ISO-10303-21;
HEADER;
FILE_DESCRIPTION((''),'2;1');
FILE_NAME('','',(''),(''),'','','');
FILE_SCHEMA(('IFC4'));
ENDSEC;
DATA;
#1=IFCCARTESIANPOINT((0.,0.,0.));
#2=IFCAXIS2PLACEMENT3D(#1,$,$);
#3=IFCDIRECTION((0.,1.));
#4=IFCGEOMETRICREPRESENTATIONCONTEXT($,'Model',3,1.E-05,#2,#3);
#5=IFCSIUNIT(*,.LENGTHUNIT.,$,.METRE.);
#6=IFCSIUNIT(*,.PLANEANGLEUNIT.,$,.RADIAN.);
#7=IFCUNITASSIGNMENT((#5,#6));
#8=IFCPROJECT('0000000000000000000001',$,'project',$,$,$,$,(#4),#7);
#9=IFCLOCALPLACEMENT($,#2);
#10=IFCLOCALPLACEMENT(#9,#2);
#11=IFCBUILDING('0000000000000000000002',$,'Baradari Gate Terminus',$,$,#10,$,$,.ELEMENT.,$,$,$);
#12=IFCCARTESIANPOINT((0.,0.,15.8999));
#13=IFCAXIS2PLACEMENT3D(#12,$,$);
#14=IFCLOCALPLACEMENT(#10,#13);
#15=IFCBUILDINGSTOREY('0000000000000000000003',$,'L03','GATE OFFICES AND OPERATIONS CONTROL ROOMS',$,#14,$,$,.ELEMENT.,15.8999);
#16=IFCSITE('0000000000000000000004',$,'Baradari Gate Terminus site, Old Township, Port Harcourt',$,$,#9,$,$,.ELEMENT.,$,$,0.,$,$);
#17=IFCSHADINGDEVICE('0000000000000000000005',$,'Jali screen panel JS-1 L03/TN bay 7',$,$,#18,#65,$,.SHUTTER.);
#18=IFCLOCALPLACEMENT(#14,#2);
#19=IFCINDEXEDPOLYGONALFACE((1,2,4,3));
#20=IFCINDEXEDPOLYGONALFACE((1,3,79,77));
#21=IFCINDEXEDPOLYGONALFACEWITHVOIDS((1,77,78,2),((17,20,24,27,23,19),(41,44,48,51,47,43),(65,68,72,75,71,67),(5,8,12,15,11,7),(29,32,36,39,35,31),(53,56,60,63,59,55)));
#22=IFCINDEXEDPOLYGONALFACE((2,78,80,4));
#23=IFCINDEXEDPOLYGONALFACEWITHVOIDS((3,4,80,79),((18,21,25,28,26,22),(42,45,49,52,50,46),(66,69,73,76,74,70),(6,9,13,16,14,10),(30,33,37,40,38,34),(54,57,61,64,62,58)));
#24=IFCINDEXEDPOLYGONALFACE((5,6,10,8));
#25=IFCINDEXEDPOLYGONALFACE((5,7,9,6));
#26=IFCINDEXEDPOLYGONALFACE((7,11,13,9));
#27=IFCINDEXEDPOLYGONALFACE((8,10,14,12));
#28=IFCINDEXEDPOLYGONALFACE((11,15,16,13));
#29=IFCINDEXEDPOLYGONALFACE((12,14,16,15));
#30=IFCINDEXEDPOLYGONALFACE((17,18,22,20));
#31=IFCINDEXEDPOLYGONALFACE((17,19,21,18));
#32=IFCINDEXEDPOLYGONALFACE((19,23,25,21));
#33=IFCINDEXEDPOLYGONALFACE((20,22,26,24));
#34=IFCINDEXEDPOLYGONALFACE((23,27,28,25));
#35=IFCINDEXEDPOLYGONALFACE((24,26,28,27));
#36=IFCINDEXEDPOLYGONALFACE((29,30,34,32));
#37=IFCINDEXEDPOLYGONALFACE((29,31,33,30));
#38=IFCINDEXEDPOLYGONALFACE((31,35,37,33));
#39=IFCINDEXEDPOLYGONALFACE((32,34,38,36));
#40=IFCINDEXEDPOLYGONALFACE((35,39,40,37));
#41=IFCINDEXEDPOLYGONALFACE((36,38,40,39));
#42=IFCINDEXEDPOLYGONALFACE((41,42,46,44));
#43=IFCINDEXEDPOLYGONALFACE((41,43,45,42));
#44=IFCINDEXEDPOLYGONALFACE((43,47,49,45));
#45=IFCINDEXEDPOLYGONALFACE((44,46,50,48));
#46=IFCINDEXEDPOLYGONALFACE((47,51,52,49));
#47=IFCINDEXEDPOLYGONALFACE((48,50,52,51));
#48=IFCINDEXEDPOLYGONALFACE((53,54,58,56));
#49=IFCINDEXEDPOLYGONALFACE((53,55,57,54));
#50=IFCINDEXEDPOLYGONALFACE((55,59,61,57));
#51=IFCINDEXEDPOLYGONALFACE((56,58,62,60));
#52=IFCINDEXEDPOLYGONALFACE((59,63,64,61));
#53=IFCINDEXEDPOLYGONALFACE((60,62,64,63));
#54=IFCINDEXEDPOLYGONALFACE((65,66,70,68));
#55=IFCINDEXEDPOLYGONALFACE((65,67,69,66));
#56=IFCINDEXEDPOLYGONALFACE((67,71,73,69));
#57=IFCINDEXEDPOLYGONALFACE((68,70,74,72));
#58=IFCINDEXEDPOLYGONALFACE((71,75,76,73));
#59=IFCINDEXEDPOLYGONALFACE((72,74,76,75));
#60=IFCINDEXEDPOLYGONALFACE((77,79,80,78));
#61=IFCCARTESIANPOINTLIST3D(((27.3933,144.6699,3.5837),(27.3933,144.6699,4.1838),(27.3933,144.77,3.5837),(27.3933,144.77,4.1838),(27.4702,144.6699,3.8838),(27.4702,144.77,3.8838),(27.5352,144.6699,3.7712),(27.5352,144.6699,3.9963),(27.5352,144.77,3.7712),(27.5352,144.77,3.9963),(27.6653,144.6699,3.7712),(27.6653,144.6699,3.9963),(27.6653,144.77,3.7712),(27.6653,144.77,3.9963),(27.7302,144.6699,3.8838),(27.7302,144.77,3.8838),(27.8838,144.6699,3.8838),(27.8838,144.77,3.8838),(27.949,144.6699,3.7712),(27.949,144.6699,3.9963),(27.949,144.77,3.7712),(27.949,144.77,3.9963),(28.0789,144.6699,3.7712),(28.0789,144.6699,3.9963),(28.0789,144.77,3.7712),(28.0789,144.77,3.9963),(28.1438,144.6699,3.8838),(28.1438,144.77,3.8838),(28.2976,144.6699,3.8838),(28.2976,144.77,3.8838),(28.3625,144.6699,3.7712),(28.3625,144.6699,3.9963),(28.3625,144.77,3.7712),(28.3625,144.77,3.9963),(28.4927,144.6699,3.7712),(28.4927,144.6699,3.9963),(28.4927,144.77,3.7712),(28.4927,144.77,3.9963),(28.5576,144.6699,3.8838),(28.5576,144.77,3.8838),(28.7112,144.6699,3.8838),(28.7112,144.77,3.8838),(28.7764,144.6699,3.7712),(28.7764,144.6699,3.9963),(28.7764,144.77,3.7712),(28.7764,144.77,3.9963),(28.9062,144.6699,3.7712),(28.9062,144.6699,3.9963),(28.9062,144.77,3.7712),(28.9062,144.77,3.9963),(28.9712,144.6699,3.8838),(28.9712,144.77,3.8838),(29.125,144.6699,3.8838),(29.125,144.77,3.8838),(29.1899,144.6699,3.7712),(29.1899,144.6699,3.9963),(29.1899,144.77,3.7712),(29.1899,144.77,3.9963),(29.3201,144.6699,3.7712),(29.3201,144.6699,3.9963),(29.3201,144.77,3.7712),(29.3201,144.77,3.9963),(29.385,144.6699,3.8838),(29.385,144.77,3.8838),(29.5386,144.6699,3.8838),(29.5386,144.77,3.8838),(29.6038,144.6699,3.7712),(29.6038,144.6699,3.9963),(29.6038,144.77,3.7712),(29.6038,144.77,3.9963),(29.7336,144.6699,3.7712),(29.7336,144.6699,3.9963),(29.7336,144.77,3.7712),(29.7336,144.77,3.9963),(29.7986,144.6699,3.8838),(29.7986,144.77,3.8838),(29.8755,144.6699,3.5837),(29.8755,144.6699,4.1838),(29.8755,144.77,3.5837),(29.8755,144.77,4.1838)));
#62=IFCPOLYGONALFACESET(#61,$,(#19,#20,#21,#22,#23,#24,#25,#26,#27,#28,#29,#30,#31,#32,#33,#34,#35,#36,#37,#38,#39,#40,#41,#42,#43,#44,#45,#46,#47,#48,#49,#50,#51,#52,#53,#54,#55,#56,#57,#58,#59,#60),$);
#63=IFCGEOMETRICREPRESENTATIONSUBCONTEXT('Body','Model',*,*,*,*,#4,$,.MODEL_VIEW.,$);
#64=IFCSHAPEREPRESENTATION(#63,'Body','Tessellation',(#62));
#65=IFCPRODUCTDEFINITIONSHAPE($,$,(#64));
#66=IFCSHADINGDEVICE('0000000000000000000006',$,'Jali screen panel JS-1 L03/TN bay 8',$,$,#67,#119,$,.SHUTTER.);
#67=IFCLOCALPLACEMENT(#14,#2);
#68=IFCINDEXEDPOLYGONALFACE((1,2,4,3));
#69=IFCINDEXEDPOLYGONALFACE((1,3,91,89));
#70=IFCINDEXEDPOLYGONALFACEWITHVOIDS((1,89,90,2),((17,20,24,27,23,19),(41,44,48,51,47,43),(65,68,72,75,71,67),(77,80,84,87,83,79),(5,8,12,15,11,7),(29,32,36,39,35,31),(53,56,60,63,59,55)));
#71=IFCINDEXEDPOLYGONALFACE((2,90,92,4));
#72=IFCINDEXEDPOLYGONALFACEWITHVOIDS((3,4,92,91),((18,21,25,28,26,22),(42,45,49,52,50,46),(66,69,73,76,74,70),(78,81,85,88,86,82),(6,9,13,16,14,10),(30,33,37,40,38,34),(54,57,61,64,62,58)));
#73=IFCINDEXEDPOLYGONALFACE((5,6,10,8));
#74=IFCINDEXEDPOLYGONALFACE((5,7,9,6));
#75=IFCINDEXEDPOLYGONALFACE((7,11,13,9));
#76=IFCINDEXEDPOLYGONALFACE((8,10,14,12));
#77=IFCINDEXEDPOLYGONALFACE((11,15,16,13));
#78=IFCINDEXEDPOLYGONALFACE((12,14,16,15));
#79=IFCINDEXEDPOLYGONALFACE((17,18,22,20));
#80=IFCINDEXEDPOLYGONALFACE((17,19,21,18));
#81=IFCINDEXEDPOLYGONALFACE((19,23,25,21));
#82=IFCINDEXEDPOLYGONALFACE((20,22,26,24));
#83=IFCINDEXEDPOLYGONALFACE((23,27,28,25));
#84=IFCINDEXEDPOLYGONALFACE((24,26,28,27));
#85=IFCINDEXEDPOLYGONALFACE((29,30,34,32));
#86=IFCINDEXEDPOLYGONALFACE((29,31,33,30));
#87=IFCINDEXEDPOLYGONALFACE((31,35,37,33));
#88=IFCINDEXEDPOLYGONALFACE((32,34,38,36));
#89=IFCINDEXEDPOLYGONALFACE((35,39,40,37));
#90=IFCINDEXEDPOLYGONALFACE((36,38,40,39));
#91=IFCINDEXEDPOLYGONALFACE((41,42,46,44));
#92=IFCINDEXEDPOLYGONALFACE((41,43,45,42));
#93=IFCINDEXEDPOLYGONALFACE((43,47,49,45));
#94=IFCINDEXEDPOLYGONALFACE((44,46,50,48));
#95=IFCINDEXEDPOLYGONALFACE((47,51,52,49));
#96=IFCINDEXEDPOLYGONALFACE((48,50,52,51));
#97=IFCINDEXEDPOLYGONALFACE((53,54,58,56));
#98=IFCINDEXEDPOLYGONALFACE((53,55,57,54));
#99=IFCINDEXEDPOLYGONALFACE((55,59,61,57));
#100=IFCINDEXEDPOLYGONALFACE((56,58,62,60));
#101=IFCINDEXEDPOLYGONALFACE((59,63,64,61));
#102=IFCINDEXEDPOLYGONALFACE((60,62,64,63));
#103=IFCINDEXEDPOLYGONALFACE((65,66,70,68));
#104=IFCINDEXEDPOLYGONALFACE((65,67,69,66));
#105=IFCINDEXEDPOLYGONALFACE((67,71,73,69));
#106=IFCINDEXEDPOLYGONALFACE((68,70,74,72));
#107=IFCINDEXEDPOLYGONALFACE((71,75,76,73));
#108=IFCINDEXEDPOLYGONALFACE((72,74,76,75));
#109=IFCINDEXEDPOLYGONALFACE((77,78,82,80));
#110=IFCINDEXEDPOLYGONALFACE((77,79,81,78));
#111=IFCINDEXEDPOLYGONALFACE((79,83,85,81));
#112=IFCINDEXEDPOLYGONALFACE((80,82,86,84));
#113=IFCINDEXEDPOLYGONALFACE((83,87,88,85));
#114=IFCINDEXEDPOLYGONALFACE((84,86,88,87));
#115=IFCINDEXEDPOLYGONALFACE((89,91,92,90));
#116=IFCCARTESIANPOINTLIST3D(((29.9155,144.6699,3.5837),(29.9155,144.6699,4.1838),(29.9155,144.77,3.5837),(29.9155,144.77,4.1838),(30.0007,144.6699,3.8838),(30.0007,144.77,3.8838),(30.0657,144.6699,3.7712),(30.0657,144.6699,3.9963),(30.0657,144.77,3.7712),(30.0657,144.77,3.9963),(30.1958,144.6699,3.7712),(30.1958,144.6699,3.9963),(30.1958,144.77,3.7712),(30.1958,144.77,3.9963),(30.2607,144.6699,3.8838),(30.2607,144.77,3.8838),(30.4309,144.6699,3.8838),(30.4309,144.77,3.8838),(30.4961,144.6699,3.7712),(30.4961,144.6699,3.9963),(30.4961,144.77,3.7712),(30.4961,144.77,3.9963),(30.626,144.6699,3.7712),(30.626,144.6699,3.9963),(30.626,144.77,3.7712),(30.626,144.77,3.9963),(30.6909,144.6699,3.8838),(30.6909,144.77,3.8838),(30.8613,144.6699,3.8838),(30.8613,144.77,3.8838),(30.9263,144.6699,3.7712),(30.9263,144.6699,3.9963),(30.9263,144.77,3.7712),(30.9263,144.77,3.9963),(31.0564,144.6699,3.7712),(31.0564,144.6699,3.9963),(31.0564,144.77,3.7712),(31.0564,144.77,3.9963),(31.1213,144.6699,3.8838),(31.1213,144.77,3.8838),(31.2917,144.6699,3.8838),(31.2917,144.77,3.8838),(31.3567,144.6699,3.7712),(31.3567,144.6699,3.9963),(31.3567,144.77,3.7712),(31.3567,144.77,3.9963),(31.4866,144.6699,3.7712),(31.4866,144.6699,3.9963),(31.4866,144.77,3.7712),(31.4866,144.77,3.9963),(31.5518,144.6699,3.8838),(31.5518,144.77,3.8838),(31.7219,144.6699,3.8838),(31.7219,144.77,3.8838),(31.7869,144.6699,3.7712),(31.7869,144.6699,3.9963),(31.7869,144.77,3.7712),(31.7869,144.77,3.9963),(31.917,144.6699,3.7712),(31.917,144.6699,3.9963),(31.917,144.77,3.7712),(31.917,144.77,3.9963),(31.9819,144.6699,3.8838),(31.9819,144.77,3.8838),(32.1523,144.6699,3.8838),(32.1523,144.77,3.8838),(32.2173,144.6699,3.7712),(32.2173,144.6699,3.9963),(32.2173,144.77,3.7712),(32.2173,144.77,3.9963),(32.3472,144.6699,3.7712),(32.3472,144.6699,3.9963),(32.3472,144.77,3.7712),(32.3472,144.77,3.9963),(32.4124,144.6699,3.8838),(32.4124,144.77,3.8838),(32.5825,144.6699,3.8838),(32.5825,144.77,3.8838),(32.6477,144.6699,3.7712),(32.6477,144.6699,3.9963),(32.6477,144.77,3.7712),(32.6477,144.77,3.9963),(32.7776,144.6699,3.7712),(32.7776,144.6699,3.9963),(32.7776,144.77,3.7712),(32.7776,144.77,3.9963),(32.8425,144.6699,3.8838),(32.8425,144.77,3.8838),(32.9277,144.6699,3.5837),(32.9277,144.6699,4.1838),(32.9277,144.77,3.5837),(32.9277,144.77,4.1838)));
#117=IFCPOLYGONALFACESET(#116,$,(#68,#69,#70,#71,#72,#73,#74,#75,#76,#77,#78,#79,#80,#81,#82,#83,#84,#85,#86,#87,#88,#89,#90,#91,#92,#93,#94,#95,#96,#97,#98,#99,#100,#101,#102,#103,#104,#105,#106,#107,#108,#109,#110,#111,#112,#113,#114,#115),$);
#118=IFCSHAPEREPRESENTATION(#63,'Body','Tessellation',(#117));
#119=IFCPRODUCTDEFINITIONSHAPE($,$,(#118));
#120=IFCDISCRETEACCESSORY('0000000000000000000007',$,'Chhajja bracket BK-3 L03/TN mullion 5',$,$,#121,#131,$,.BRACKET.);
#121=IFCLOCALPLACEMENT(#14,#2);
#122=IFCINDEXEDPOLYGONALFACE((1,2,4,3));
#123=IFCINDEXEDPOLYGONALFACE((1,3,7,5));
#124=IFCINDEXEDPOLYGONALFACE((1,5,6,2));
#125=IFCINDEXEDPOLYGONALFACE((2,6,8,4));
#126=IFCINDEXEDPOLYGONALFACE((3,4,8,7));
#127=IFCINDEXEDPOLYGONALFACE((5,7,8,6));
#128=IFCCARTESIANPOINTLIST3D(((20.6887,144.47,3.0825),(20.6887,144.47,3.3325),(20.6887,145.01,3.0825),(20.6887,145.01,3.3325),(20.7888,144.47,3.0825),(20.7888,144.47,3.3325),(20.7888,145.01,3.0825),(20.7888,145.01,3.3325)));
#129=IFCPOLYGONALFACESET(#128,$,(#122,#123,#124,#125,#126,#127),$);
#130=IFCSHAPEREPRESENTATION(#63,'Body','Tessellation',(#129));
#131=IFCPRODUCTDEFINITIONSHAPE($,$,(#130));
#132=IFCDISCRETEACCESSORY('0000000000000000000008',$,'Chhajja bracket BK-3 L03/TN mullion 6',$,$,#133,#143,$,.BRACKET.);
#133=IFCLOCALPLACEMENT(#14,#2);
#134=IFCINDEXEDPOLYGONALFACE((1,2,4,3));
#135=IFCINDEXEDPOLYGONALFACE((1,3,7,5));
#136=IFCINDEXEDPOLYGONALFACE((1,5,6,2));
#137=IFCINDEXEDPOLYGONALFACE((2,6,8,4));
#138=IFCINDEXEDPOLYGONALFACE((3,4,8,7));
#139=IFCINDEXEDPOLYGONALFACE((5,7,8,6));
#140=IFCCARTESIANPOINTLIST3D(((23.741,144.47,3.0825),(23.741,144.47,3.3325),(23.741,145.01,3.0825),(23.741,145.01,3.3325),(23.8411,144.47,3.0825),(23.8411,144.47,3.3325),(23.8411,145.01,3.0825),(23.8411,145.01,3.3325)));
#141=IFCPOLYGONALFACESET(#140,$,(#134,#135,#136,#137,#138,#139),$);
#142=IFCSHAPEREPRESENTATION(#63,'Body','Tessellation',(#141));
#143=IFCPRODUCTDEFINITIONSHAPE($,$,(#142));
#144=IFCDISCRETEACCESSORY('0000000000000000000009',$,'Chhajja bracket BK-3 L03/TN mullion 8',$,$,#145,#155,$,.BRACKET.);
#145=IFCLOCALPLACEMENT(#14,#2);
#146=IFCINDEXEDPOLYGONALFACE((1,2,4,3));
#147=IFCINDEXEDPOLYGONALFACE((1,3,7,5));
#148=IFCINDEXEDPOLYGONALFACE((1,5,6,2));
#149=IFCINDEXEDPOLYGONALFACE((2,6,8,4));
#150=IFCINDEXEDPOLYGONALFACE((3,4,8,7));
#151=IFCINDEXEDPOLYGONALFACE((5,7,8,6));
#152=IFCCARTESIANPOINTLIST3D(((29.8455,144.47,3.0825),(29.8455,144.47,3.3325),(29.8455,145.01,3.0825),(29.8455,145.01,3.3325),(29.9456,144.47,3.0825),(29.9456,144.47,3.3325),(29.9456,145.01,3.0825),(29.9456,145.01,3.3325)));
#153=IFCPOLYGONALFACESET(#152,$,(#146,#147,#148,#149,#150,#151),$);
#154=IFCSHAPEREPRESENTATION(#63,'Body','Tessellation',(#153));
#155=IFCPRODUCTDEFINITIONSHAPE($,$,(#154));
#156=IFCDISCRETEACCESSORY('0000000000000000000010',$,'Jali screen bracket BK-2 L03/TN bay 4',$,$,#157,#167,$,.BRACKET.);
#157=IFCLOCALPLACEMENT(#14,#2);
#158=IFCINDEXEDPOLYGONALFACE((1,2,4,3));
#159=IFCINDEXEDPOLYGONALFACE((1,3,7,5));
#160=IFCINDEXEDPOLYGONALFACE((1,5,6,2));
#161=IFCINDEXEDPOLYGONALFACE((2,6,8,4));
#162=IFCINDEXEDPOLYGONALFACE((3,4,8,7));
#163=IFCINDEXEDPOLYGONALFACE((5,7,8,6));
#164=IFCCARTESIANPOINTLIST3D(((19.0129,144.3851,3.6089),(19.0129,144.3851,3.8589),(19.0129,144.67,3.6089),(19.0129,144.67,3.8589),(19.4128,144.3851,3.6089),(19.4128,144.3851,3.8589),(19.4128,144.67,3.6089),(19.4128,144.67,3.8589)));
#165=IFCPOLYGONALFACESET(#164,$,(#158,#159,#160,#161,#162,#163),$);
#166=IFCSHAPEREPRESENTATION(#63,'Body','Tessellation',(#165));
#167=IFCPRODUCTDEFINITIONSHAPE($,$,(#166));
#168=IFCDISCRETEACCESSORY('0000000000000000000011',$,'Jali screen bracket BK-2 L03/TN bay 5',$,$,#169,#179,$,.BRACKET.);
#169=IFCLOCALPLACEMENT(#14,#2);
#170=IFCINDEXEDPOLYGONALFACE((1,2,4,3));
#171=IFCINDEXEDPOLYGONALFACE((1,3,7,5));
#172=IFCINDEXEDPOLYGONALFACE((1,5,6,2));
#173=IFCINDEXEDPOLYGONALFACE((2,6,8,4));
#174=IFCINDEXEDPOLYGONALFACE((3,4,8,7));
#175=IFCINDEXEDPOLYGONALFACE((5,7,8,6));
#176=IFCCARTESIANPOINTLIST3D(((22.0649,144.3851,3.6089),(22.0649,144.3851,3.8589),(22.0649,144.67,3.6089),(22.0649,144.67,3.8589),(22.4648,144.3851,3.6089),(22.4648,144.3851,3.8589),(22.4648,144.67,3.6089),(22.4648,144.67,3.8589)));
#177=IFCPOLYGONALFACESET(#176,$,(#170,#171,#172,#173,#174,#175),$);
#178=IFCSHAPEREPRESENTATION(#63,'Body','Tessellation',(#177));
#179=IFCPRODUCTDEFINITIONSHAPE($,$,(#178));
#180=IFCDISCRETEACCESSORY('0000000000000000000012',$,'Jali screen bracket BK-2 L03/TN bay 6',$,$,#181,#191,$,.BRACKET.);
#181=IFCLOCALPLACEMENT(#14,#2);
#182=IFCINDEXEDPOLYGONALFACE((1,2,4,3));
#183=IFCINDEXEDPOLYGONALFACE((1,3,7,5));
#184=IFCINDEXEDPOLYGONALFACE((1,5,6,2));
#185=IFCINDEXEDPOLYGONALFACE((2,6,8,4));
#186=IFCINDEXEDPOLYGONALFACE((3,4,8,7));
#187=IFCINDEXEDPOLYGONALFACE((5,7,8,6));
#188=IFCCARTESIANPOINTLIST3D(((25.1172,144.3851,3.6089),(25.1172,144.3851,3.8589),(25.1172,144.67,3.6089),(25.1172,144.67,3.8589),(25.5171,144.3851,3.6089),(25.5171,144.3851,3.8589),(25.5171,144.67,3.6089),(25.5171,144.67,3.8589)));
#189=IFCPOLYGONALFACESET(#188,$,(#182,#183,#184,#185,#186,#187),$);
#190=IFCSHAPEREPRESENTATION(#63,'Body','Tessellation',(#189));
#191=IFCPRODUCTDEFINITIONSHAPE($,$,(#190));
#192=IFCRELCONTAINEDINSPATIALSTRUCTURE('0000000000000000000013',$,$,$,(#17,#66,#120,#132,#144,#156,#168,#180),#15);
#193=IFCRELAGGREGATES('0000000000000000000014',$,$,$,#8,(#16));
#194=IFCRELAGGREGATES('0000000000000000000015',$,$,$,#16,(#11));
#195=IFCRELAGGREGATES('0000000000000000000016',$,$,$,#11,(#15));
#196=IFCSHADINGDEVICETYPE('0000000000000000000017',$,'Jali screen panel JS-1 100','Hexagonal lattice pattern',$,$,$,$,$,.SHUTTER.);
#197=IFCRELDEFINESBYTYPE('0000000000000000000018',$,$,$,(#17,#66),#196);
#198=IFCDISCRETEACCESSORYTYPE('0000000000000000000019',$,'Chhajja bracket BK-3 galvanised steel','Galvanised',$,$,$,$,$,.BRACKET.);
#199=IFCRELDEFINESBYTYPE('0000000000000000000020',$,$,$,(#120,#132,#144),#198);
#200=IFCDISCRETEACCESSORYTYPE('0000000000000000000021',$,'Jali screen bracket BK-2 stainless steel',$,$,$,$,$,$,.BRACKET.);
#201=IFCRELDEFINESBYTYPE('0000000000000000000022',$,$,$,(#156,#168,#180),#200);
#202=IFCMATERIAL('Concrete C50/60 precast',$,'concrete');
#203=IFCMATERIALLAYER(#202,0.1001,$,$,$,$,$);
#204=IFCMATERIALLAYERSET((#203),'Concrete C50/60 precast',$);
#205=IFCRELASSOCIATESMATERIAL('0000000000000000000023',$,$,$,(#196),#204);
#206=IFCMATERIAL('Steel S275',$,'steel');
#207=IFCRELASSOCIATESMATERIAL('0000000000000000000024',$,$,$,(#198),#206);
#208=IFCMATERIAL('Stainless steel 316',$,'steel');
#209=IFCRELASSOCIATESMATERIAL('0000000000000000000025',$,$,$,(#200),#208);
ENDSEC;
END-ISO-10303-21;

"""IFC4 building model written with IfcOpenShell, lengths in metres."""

from ifc_helpers import new_model, si_unit, direction, frame, origin, origin_2d, place, context, subcontext, project, spatial, polyline, rectangle, outline, extrude, material, layer, layer_set, type_object, element, save


model = new_model("IFC4")

# Units and contexts
model_context = context("Model", 3, precision=1e-05, world=origin(), true_north=direction((0.0, 1.0)))
body_context = subcontext(model_context, "Body", "Model", "MODEL_VIEW")
ifc_project = project(units=[si_unit("LENGTHUNIT", "METRE"), si_unit("PLANEANGLEUNIT", "RADIAN")], contexts=[model_context])

# Site, building, storey
site_placement = place(None, origin())
site = spatial("IfcSite", under=ifc_project, at=site_placement, Name="Baradari Gate Terminus site, Old Township, Port Harcourt", CompositionType="ELEMENT", RefElevation=0.0)
building_placement = place(site_placement, origin())
building = spatial("IfcBuilding", under=site, at=building_placement, Name="Baradari Gate Terminus", CompositionType="ELEMENT")
storey_placement = place(building_placement, frame((0.0, 0.0, 15.8999)))
storey = spatial("IfcBuildingStorey", under=building, at=storey_placement, Name="L03", Description="GATE OFFICES AND OPERATIONS CONTROL ROOMS", CompositionType="ELEMENT", Elevation=15.8999)

# Shading devices
ifc_material_1 = material(Name="Concrete C50/60 precast", Category="concrete")
ifc_layer_1 = layer(ifc_material_1, 0.1001)
ifc_layer_set_1 = layer_set([ifc_layer_1], Name="Concrete C50/60 precast")
shading_device_type_1 = type_object("IfcShadingDeviceType", Name="Jali screen panel JS-1 100", Description="Hexagonal lattice pattern", PredefinedType="SHUTTER", material=ifc_layer_set_1)
for number, where, z_axis, x_axis, name in (
    (1, (27.3933, 144.72, 3.5837), (0.0, 0.0, 1.0), (1.0, 0.0, 0.0), "Jali screen panel JS-1 L03/TN bay 7"),
):
    element("IfcShadingDevice", number, at=place(storey_placement, frame(where, z_axis=z_axis, x_axis=x_axis)), inside=storey, type_object=shading_device_type_1, Name=name, PredefinedType="SHUTTER", context=body_context, shape_type="SweptSolid", body=[
        extrude(outline(polyline([(0.0, 0.0), (2.4822, 0.0), (2.4822, 0.6001), (0.0, 0.6001), (0.0, 0.0)]), holes=[polyline([(0.3369, 0.3), (0.272, 0.1875), (0.1418, 0.1875), (0.0769, 0.3), (0.1418, 0.4126), (0.272, 0.4126), (0.3369, 0.3)]), polyline([(0.7505, 0.3), (0.6855, 0.1875), (0.5557, 0.1875), (0.4905, 0.3), (0.5557, 0.4126), (0.6855, 0.4126), (0.7505, 0.3)]), polyline([(1.1643, 0.3), (1.0994, 0.1875), (0.9692, 0.1875), (0.9043, 0.3), (0.9692, 0.4126), (1.0994, 0.4126), (1.1643, 0.3)]), polyline([(1.5779, 0.3), (1.5129, 0.1875), (1.3831, 0.1875), (1.3179, 0.3), (1.3831, 0.4126), (1.5129, 0.4126), (1.5779, 0.3)]), polyline([(1.9917, 0.3), (1.9268, 0.1875), (1.7966, 0.1875), (1.7317, 0.3), (1.7966, 0.4126), (1.9268, 0.4126), (1.9917, 0.3)]), polyline([(2.4053, 0.3), (2.3403, 0.1875), (2.2104, 0.1875), (2.1453, 0.3), (2.2104, 0.4126), (2.3403, 0.4126), (2.4053, 0.3)])]), frame((0.0, 0.05, 0.0), z_axis=(0.0, -1.0, 0.0), x_axis=(1.0, 0.0, 0.0)), (0.0, 0.0, 1.0), 0.1001),
    ])
shading_device_1_placement = place(storey_placement, frame((29.9155, 144.72, 3.5837), z_axis=(0.0, 0.0, 1.0), x_axis=(1.0, 0.0, 0.0)))
element("IfcShadingDevice", 2, at=shading_device_1_placement, inside=storey, type_object=shading_device_type_1, Name="Jali screen panel JS-1 L03/TN bay 8", PredefinedType="SHUTTER", context=body_context, shape_type="SweptSolid", body=[
    extrude(outline(polyline([(0.0, 0.0), (3.0122, 0.0), (3.0122, 0.6001), (0.0, 0.6001), (0.0, 0.0)]), holes=[polyline([(0.3452, 0.3), (0.2803, 0.1875), (0.1501, 0.1875), (0.0852, 0.3), (0.1501, 0.4126), (0.2803, 0.4126), (0.3452, 0.3)]), polyline([(0.7754, 0.3), (0.7104, 0.1875), (0.5806, 0.1875), (0.5154, 0.3), (0.5806, 0.4126), (0.7104, 0.4126), (0.7754, 0.3)]), polyline([(1.2058, 0.3), (1.1409, 0.1875), (1.0107, 0.1875), (0.9458, 0.3), (1.0107, 0.4126), (1.1409, 0.4126), (1.2058, 0.3)]), polyline([(1.6362, 0.3), (1.571, 0.1875), (1.4412, 0.1875), (1.3762, 0.3), (1.4412, 0.4126), (1.571, 0.4126), (1.6362, 0.3)]), polyline([(2.0664, 0.3), (2.0015, 0.1875), (1.8713, 0.1875), (1.8064, 0.3), (1.8713, 0.4126), (2.0015, 0.4126), (2.0664, 0.3)]), polyline([(2.4968, 0.3), (2.4316, 0.1875), (2.3018, 0.1875), (2.2368, 0.3), (2.3018, 0.4126), (2.4316, 0.4126), (2.4968, 0.3)]), polyline([(2.927, 0.3), (2.8621, 0.1875), (2.7322, 0.1875), (2.667, 0.3), (2.7322, 0.4126), (2.8621, 0.4126), (2.927, 0.3)])]), frame((0.0, 0.05, 0.0), z_axis=(0.0, -1.0, 0.0), x_axis=(1.0, 0.0, 0.0)), (0.0, 0.0, 1.0), 0.1001),
])

# Discrete accessories
ifc_material_2 = material(Name="Steel S275", Category="steel")
discrete_accessory_type_1 = type_object("IfcDiscreteAccessoryType", Name="Chhajja bracket BK-3 galvanised steel", Description="Galvanised", PredefinedType="BRACKET", material=ifc_material_2)
for number, where, z_axis, x_axis, name in (
    (3, (20.7388, 144.74, 3.0825), (0.0, 0.0, 1.0), (0.0, 1.0, 0.0), "Chhajja bracket BK-3 L03/TN mullion 5"),
    (4, (23.791, 144.74, 3.0825), (0.0, 0.0, 1.0), (0.0, 1.0, 0.0), "Chhajja bracket BK-3 L03/TN mullion 6"),
    (5, (29.8955, 144.74, 3.0825), (0.0, 0.0, 1.0), (0.0, 1.0, 0.0), "Chhajja bracket BK-3 L03/TN mullion 8"),
):
    element("IfcDiscreteAccessory", number, at=place(storey_placement, frame(where, z_axis=z_axis, x_axis=x_axis)), inside=storey, type_object=discrete_accessory_type_1, Name=name, PredefinedType="BRACKET", context=body_context, shape_type="SweptSolid", body=[
        extrude(rectangle(XDim=0.54, YDim=0.1001, at=origin_2d()), origin(), (0.0, 0.0, 1.0), 0.25),
    ])
ifc_material_3 = material(Name="Stainless steel 316", Category="steel")
discrete_accessory_type_2 = type_object("IfcDiscreteAccessoryType", Name="Jali screen bracket BK-2 stainless steel", PredefinedType="BRACKET", material=ifc_material_3)
for number, where, z_axis, x_axis, name in (
    (6, (19.2129, 144.5276, 3.6089), (0.0, 0.0, 1.0), (0.0, 1.0, 0.0), "Jali screen bracket BK-2 L03/TN bay 4"),
    (7, (22.2649, 144.5276, 3.6089), (0.0, 0.0, 1.0), (0.0, 1.0, 0.0), "Jali screen bracket BK-2 L03/TN bay 5"),
    (8, (25.3171, 144.5276, 3.6089), (0.0, 0.0, 1.0), (0.0, 1.0, 0.0), "Jali screen bracket BK-2 L03/TN bay 6"),
):
    element("IfcDiscreteAccessory", number, at=place(storey_placement, frame(where, z_axis=z_axis, x_axis=x_axis)), inside=storey, type_object=discrete_accessory_type_2, Name=name, PredefinedType="BRACKET", context=body_context, shape_type="SweptSolid", body=[
        extrude(rectangle(XDim=0.2849, YDim=0.3999, at=origin_2d()), origin(), (0.0, 0.0, 1.0), 0.25),
    ])

save(model, "model.ifc")
